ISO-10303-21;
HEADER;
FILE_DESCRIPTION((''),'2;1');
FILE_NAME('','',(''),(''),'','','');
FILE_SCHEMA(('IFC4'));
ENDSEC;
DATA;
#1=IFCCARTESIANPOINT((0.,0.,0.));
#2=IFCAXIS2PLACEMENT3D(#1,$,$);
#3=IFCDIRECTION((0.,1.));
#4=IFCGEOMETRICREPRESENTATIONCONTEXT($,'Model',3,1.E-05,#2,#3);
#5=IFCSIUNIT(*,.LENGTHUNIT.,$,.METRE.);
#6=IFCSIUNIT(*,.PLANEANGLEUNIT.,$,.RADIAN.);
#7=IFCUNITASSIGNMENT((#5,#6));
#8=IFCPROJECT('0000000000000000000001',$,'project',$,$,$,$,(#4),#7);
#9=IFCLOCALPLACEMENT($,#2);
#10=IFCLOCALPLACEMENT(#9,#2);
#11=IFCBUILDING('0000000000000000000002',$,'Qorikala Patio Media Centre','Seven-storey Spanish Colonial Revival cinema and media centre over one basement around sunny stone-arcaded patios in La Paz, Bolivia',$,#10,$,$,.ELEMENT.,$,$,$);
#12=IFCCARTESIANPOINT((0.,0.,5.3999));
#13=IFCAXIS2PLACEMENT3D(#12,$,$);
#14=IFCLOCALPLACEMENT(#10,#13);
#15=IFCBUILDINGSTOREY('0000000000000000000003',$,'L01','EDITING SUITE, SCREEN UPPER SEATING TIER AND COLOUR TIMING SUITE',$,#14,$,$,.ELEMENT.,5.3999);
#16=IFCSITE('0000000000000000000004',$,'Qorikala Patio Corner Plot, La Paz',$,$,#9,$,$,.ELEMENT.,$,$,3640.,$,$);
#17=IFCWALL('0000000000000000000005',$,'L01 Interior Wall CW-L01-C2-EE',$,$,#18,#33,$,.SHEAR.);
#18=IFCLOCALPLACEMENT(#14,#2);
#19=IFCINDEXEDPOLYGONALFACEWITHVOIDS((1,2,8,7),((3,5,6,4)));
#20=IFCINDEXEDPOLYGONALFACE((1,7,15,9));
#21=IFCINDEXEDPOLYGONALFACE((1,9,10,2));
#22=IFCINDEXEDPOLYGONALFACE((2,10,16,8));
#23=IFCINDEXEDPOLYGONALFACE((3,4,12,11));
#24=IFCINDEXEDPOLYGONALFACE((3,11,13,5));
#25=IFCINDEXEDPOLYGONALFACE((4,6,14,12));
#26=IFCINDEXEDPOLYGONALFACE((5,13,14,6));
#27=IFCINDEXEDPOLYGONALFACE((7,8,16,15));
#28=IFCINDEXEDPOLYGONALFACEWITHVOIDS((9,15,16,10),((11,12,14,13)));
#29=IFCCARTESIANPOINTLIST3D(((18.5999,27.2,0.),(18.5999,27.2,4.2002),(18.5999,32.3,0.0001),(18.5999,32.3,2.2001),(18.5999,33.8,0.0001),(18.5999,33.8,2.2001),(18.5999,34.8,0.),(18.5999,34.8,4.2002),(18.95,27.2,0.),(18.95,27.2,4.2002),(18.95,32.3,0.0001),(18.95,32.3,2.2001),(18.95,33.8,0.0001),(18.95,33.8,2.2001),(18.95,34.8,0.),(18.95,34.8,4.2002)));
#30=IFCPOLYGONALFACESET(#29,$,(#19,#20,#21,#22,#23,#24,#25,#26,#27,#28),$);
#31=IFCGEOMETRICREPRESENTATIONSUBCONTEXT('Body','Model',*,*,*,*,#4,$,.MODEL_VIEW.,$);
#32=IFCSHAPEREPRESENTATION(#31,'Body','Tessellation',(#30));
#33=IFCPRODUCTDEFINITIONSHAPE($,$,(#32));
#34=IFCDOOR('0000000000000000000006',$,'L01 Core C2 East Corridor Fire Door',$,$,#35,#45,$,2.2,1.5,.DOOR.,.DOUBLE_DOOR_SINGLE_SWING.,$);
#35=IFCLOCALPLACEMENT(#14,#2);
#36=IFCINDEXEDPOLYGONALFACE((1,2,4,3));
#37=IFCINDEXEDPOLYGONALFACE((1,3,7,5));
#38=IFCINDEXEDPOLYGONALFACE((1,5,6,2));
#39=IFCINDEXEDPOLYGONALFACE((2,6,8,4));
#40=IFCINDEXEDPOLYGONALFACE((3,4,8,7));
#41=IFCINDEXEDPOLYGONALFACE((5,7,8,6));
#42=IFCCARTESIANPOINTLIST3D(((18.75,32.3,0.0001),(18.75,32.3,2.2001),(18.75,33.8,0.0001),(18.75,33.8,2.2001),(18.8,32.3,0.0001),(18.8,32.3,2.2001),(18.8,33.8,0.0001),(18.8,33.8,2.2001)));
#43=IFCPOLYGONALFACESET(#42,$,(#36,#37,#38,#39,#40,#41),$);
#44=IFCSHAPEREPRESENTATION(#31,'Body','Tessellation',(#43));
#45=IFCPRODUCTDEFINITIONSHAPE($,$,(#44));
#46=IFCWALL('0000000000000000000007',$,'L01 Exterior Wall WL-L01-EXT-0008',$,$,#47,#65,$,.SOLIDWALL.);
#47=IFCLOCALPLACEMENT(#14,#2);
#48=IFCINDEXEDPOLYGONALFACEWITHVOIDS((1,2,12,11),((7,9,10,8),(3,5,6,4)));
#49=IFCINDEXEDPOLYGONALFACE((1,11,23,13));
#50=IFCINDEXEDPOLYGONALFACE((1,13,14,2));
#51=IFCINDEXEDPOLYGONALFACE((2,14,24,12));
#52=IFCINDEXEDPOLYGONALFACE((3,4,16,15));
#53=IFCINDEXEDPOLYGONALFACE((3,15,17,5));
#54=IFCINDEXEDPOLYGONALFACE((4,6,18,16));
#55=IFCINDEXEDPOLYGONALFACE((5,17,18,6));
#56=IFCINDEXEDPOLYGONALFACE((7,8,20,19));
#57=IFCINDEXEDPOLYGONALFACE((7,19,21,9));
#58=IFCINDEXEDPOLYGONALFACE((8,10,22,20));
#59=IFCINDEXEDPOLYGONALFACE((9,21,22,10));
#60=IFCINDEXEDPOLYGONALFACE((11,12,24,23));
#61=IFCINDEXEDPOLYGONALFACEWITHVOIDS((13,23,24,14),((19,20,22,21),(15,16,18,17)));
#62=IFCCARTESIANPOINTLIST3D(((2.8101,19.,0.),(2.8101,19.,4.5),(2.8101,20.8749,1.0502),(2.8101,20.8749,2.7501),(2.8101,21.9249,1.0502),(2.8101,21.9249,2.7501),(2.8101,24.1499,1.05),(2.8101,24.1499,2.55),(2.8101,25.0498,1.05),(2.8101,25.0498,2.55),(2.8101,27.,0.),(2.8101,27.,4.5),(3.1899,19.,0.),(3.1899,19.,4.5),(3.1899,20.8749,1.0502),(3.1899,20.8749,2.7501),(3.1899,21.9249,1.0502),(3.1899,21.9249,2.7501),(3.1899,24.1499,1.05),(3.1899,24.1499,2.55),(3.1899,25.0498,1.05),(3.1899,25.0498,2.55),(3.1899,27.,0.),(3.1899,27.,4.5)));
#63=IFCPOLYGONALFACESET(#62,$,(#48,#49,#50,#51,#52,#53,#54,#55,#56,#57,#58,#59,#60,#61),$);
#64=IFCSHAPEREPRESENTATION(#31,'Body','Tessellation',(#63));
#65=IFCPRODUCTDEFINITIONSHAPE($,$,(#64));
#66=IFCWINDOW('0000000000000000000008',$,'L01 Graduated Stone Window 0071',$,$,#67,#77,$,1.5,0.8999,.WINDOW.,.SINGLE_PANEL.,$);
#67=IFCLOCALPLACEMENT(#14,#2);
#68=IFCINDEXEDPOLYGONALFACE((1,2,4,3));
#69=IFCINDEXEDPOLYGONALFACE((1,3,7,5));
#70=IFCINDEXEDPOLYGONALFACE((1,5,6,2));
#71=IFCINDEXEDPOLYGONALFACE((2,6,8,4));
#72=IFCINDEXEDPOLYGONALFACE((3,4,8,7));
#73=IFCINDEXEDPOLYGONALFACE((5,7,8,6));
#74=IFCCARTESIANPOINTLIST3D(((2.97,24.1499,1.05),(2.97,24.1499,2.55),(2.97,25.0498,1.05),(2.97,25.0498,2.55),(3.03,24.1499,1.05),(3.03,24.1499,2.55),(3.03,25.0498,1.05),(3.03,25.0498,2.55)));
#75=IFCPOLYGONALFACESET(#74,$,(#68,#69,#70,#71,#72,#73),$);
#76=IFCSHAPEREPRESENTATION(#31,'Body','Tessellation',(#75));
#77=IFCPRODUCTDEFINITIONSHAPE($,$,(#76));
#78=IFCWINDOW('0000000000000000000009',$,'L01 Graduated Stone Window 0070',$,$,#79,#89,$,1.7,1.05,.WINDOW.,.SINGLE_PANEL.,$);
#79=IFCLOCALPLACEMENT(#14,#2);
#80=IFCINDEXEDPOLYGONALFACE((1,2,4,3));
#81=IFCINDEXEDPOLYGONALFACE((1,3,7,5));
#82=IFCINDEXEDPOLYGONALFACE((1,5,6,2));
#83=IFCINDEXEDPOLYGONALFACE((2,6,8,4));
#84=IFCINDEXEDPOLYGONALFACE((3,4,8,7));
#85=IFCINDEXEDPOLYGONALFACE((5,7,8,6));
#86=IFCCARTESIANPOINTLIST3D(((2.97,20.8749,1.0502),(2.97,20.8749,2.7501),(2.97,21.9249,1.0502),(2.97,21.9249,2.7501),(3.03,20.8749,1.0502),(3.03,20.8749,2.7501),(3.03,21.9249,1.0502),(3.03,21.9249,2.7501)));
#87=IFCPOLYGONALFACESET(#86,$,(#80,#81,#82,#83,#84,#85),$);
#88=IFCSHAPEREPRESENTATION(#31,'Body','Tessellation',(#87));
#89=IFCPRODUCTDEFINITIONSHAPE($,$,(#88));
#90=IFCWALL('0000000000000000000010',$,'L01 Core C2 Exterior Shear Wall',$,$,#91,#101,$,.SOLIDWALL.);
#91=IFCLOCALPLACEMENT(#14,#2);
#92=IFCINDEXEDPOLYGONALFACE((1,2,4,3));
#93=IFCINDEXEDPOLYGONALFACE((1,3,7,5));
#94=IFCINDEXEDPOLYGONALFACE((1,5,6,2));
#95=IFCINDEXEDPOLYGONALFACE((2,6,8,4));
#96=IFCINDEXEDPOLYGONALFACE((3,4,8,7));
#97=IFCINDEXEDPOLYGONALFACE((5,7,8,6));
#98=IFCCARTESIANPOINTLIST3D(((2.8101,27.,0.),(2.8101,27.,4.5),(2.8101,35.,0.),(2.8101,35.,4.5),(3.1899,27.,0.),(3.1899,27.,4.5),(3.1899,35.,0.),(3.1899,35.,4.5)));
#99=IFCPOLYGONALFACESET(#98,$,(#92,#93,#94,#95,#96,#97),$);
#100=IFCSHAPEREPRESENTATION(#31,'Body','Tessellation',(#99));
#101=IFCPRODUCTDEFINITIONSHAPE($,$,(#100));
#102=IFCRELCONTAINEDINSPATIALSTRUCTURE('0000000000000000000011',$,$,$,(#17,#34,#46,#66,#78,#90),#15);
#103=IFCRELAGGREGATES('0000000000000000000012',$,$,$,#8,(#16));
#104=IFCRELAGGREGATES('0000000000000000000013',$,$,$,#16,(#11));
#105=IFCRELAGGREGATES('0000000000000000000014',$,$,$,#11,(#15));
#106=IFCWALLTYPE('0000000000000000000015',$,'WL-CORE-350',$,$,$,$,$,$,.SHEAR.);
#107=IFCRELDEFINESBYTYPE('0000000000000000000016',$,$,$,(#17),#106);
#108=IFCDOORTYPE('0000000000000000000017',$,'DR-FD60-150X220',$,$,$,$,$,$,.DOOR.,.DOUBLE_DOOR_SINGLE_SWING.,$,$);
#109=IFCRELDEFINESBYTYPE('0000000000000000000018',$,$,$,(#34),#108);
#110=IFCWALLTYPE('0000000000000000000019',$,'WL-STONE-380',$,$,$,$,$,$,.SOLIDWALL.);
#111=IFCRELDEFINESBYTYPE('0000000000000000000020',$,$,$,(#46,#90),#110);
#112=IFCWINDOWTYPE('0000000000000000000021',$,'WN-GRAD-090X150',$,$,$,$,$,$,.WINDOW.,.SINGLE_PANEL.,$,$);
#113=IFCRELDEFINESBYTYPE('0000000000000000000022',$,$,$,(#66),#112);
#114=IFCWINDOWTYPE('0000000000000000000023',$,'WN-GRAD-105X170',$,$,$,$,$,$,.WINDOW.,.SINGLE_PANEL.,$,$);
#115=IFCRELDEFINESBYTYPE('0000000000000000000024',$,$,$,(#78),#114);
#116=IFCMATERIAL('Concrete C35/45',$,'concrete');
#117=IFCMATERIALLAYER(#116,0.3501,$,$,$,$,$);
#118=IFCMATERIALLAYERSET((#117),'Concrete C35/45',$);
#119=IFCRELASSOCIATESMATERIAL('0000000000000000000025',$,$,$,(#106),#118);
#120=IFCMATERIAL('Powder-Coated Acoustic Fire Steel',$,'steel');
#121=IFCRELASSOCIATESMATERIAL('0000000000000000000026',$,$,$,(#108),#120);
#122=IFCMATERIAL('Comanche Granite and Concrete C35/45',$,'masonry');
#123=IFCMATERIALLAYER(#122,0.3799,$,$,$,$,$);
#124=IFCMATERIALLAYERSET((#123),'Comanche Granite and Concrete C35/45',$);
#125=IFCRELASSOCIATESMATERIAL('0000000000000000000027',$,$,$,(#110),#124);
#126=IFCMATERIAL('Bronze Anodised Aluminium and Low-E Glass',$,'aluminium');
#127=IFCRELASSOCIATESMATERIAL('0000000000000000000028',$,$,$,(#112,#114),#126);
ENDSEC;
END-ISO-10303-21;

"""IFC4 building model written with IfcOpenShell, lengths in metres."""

from ifc_helpers import new_model, si_unit, direction, frame, frame_2d, origin, place, context, subcontext, project, spatial, rectangle, extrude, material, layer, layer_set, type_object, element, fill, save


model = new_model("IFC4")

# Units and contexts
model_context = context("Model", 3, precision=1e-05, world=origin(), true_north=direction((0.0, 1.0)))
body_context = subcontext(model_context, "Body", "Model", "MODEL_VIEW")
ifc_project = project(units=[si_unit("LENGTHUNIT", "METRE"), si_unit("PLANEANGLEUNIT", "RADIAN")], contexts=[model_context])

# Site, building, storey
site_placement = place(None, origin())
site = spatial("IfcSite", under=ifc_project, at=site_placement, Name="Qorikala Patio Corner Plot, La Paz", CompositionType="ELEMENT", RefElevation=3640.0)
building_placement = place(site_placement, origin())
building = spatial("IfcBuilding", under=site, at=building_placement, Name="Qorikala Patio Media Centre", Description="Seven-storey Spanish Colonial Revival cinema and media centre over one basement around sunny stone-arcaded patios in La Paz, Bolivia", CompositionType="ELEMENT")
storey_placement = place(building_placement, frame((0.0, 0.0, 5.3999)))
storey = spatial("IfcBuildingStorey", under=building, at=storey_placement, Name="L01", Description="EDITING SUITE, SCREEN UPPER SEATING TIER AND COLOUR TIMING SUITE", CompositionType="ELEMENT", Elevation=5.3999)

# Shared definitions
ifc_material_1 = material(Name="Concrete C35/45", Category="concrete")

# Shared definitions
ifc_layer_1 = layer(ifc_material_1, 0.3501)
ifc_layer_set_1 = layer_set([ifc_layer_1], Name="Concrete C35/45")
wall_type_1 = type_object("IfcWallType", Name="WL-CORE-350", PredefinedType="SHEAR", material=ifc_layer_set_1)

# Wall, opening, door
wall_1_placement = place(storey_placement, frame((18.7749, 27.2, 0.0), z_axis=(0.0, 0.0, 1.0), x_axis=(0.0, 1.0, 0.0)))
wall_1 = element("IfcWall", 1, at=wall_1_placement, inside=storey, type_object=wall_type_1, Name="L01 Interior Wall CW-L01-C2-EE", PredefinedType="SHEAR", context=body_context, shape_type="SweptSolid", body=[
    extrude(rectangle(XDim=7.6001, YDim=0.3501, at=frame_2d((3.8, 0.0))), origin(), (0.0, 0.0, 1.0), 4.2002),
])
opening_1_placement = place(wall_1_placement, frame((5.1001, 0.0, 0.0)))
opening_1 = element("IfcOpeningElement", 2, at=opening_1_placement, cuts=wall_1, PredefinedType="OPENING", context=body_context, shape_type="SweptSolid", body=[
    extrude(rectangle(XDim=1.5, YDim=2.2, at=frame_2d((0.75, 1.1001))), frame((0.0, 0.1851, 0.0), z_axis=(0.0, -1.0, 0.0), x_axis=(1.0, 0.0, 0.0)), (0.0, 0.0, 1.0), 0.3701),
])
ifc_material_2 = material(Name="Powder-Coated Acoustic Fire Steel", Category="steel")
door_type_1 = type_object("IfcDoorType", Name="DR-FD60-150X220", OperationType="DOUBLE_DOOR_SINGLE_SWING", PredefinedType="DOOR", material=ifc_material_2)
door_1_placement = place(opening_1_placement, origin())
door_1 = element("IfcDoor", 3, at=door_1_placement, inside=storey, type_object=door_type_1, Name="L01 Core C2 East Corridor Fire Door", OperationType="DOUBLE_DOOR_SINGLE_SWING", OverallHeight=2.2, OverallWidth=1.5, PredefinedType="DOOR", context=body_context, shape_type="SweptSolid", body=[
    extrude(rectangle(XDim=1.5, YDim=2.2, at=frame_2d((0.75, 1.1001))), frame((0.0, 0.0249, 0.0), z_axis=(0.0, -1.0, 0.0), x_axis=(1.0, 0.0, 0.0)), (0.0, 0.0, 1.0), 0.05),
])
fill(opening_1, door_1)

# Wall, openings, windows
ifc_material_3 = material(Name="Comanche Granite and Concrete C35/45", Category="masonry")
ifc_layer_2 = layer(ifc_material_3, 0.3799)
ifc_layer_set_2 = layer_set([ifc_layer_2], Name="Comanche Granite and Concrete C35/45")
wall_type_2 = type_object("IfcWallType", Name="WL-STONE-380", PredefinedType="SOLIDWALL", material=ifc_layer_set_2)
wall_2_placement = place(storey_placement, frame((3.0, 19.0, 0.0), z_axis=(0.0, 0.0, 1.0), x_axis=(0.0, 1.0, 0.0)))
wall_2 = element("IfcWall", 4, at=wall_2_placement, inside=storey, type_object=wall_type_2, Name="L01 Exterior Wall WL-L01-EXT-0008", PredefinedType="SOLIDWALL", context=body_context, shape_type="SweptSolid", body=[
    extrude(rectangle(XDim=8.0, YDim=0.3799, at=frame_2d((4.0, 0.0))), origin(), (0.0, 0.0, 1.0), 4.5),
])
opening_2_placement = place(wall_2_placement, frame((1.875, 0.0, 1.05)))
opening_2 = element("IfcOpeningElement", 5, at=opening_2_placement, cuts=wall_2, PredefinedType="OPENING", context=body_context, shape_type="SweptSolid", body=[
    extrude(rectangle(XDim=1.05, YDim=1.7, at=frame_2d((0.5249, 0.8501))), frame((0.0, 0.2, 0.0), z_axis=(0.0, -1.0, 0.0), x_axis=(1.0, 0.0, 0.0)), (0.0, 0.0, 1.0), 0.3999),
])
opening_3_placement = place(wall_2_placement, frame((5.1499, 0.0, 1.05)))
opening_3 = element("IfcOpeningElement", 6, at=opening_3_placement, cuts=wall_2, PredefinedType="OPENING", context=body_context, shape_type="SweptSolid", body=[
    extrude(rectangle(XDim=0.8999, YDim=1.5, at=frame_2d((0.45, 0.75))), frame((0.0, 0.2, 0.0), z_axis=(0.0, -1.0, 0.0), x_axis=(1.0, 0.0, 0.0)), (0.0, 0.0, 1.0), 0.3999),
])
ifc_material_4 = material(Name="Bronze Anodised Aluminium and Low-E Glass", Category="aluminium")
window_type_1 = type_object("IfcWindowType", Name="WN-GRAD-090X150", PartitioningType="SINGLE_PANEL", PredefinedType="WINDOW", material=ifc_material_4)
window_1_placement = place(opening_3_placement, origin())
window_1 = element("IfcWindow", 7, at=window_1_placement, inside=storey, type_object=window_type_1, Name="L01 Graduated Stone Window 0071", OverallHeight=1.5, OverallWidth=0.8999, PartitioningType="SINGLE_PANEL", PredefinedType="WINDOW", context=body_context, shape_type="SweptSolid", body=[
    extrude(rectangle(XDim=0.8999, YDim=1.5, at=frame_2d((0.45, 0.75))), frame((0.0, 0.03, 0.0), z_axis=(0.0, -1.0, 0.0), x_axis=(1.0, 0.0, 0.0)), (0.0, 0.0, 1.0), 0.0601),
])
fill(opening_3, window_1)
window_type_2 = type_object("IfcWindowType", Name="WN-GRAD-105X170", PartitioningType="SINGLE_PANEL", PredefinedType="WINDOW", material=ifc_material_4)
window_2_placement = place(opening_2_placement, origin())
window_2 = element("IfcWindow", 8, at=window_2_placement, inside=storey, type_object=window_type_2, Name="L01 Graduated Stone Window 0070", OverallHeight=1.7, OverallWidth=1.05, PartitioningType="SINGLE_PANEL", PredefinedType="WINDOW", context=body_context, shape_type="SweptSolid", body=[
    extrude(rectangle(XDim=1.05, YDim=1.7, at=frame_2d((0.5249, 0.8501))), frame((0.0, 0.03, 0.0), z_axis=(0.0, -1.0, 0.0), x_axis=(1.0, 0.0, 0.0)), (0.0, 0.0, 1.0), 0.0601),
])
fill(opening_2, window_2)

# Wall
wall_3_placement = place(storey_placement, frame((3.0, 27.0, 0.0), z_axis=(0.0, 0.0, 1.0), x_axis=(0.0, 1.0, 0.0)))
element("IfcWall", 9, at=wall_3_placement, inside=storey, type_object=wall_type_2, Name="L01 Core C2 Exterior Shear Wall", PredefinedType="SOLIDWALL", context=body_context, shape_type="SweptSolid", body=[
    extrude(rectangle(XDim=8.0, YDim=0.3799, at=frame_2d((4.0, 0.0))), origin(), (0.0, 0.0, 1.0), 4.5),
])

save(model, "model.ifc")
